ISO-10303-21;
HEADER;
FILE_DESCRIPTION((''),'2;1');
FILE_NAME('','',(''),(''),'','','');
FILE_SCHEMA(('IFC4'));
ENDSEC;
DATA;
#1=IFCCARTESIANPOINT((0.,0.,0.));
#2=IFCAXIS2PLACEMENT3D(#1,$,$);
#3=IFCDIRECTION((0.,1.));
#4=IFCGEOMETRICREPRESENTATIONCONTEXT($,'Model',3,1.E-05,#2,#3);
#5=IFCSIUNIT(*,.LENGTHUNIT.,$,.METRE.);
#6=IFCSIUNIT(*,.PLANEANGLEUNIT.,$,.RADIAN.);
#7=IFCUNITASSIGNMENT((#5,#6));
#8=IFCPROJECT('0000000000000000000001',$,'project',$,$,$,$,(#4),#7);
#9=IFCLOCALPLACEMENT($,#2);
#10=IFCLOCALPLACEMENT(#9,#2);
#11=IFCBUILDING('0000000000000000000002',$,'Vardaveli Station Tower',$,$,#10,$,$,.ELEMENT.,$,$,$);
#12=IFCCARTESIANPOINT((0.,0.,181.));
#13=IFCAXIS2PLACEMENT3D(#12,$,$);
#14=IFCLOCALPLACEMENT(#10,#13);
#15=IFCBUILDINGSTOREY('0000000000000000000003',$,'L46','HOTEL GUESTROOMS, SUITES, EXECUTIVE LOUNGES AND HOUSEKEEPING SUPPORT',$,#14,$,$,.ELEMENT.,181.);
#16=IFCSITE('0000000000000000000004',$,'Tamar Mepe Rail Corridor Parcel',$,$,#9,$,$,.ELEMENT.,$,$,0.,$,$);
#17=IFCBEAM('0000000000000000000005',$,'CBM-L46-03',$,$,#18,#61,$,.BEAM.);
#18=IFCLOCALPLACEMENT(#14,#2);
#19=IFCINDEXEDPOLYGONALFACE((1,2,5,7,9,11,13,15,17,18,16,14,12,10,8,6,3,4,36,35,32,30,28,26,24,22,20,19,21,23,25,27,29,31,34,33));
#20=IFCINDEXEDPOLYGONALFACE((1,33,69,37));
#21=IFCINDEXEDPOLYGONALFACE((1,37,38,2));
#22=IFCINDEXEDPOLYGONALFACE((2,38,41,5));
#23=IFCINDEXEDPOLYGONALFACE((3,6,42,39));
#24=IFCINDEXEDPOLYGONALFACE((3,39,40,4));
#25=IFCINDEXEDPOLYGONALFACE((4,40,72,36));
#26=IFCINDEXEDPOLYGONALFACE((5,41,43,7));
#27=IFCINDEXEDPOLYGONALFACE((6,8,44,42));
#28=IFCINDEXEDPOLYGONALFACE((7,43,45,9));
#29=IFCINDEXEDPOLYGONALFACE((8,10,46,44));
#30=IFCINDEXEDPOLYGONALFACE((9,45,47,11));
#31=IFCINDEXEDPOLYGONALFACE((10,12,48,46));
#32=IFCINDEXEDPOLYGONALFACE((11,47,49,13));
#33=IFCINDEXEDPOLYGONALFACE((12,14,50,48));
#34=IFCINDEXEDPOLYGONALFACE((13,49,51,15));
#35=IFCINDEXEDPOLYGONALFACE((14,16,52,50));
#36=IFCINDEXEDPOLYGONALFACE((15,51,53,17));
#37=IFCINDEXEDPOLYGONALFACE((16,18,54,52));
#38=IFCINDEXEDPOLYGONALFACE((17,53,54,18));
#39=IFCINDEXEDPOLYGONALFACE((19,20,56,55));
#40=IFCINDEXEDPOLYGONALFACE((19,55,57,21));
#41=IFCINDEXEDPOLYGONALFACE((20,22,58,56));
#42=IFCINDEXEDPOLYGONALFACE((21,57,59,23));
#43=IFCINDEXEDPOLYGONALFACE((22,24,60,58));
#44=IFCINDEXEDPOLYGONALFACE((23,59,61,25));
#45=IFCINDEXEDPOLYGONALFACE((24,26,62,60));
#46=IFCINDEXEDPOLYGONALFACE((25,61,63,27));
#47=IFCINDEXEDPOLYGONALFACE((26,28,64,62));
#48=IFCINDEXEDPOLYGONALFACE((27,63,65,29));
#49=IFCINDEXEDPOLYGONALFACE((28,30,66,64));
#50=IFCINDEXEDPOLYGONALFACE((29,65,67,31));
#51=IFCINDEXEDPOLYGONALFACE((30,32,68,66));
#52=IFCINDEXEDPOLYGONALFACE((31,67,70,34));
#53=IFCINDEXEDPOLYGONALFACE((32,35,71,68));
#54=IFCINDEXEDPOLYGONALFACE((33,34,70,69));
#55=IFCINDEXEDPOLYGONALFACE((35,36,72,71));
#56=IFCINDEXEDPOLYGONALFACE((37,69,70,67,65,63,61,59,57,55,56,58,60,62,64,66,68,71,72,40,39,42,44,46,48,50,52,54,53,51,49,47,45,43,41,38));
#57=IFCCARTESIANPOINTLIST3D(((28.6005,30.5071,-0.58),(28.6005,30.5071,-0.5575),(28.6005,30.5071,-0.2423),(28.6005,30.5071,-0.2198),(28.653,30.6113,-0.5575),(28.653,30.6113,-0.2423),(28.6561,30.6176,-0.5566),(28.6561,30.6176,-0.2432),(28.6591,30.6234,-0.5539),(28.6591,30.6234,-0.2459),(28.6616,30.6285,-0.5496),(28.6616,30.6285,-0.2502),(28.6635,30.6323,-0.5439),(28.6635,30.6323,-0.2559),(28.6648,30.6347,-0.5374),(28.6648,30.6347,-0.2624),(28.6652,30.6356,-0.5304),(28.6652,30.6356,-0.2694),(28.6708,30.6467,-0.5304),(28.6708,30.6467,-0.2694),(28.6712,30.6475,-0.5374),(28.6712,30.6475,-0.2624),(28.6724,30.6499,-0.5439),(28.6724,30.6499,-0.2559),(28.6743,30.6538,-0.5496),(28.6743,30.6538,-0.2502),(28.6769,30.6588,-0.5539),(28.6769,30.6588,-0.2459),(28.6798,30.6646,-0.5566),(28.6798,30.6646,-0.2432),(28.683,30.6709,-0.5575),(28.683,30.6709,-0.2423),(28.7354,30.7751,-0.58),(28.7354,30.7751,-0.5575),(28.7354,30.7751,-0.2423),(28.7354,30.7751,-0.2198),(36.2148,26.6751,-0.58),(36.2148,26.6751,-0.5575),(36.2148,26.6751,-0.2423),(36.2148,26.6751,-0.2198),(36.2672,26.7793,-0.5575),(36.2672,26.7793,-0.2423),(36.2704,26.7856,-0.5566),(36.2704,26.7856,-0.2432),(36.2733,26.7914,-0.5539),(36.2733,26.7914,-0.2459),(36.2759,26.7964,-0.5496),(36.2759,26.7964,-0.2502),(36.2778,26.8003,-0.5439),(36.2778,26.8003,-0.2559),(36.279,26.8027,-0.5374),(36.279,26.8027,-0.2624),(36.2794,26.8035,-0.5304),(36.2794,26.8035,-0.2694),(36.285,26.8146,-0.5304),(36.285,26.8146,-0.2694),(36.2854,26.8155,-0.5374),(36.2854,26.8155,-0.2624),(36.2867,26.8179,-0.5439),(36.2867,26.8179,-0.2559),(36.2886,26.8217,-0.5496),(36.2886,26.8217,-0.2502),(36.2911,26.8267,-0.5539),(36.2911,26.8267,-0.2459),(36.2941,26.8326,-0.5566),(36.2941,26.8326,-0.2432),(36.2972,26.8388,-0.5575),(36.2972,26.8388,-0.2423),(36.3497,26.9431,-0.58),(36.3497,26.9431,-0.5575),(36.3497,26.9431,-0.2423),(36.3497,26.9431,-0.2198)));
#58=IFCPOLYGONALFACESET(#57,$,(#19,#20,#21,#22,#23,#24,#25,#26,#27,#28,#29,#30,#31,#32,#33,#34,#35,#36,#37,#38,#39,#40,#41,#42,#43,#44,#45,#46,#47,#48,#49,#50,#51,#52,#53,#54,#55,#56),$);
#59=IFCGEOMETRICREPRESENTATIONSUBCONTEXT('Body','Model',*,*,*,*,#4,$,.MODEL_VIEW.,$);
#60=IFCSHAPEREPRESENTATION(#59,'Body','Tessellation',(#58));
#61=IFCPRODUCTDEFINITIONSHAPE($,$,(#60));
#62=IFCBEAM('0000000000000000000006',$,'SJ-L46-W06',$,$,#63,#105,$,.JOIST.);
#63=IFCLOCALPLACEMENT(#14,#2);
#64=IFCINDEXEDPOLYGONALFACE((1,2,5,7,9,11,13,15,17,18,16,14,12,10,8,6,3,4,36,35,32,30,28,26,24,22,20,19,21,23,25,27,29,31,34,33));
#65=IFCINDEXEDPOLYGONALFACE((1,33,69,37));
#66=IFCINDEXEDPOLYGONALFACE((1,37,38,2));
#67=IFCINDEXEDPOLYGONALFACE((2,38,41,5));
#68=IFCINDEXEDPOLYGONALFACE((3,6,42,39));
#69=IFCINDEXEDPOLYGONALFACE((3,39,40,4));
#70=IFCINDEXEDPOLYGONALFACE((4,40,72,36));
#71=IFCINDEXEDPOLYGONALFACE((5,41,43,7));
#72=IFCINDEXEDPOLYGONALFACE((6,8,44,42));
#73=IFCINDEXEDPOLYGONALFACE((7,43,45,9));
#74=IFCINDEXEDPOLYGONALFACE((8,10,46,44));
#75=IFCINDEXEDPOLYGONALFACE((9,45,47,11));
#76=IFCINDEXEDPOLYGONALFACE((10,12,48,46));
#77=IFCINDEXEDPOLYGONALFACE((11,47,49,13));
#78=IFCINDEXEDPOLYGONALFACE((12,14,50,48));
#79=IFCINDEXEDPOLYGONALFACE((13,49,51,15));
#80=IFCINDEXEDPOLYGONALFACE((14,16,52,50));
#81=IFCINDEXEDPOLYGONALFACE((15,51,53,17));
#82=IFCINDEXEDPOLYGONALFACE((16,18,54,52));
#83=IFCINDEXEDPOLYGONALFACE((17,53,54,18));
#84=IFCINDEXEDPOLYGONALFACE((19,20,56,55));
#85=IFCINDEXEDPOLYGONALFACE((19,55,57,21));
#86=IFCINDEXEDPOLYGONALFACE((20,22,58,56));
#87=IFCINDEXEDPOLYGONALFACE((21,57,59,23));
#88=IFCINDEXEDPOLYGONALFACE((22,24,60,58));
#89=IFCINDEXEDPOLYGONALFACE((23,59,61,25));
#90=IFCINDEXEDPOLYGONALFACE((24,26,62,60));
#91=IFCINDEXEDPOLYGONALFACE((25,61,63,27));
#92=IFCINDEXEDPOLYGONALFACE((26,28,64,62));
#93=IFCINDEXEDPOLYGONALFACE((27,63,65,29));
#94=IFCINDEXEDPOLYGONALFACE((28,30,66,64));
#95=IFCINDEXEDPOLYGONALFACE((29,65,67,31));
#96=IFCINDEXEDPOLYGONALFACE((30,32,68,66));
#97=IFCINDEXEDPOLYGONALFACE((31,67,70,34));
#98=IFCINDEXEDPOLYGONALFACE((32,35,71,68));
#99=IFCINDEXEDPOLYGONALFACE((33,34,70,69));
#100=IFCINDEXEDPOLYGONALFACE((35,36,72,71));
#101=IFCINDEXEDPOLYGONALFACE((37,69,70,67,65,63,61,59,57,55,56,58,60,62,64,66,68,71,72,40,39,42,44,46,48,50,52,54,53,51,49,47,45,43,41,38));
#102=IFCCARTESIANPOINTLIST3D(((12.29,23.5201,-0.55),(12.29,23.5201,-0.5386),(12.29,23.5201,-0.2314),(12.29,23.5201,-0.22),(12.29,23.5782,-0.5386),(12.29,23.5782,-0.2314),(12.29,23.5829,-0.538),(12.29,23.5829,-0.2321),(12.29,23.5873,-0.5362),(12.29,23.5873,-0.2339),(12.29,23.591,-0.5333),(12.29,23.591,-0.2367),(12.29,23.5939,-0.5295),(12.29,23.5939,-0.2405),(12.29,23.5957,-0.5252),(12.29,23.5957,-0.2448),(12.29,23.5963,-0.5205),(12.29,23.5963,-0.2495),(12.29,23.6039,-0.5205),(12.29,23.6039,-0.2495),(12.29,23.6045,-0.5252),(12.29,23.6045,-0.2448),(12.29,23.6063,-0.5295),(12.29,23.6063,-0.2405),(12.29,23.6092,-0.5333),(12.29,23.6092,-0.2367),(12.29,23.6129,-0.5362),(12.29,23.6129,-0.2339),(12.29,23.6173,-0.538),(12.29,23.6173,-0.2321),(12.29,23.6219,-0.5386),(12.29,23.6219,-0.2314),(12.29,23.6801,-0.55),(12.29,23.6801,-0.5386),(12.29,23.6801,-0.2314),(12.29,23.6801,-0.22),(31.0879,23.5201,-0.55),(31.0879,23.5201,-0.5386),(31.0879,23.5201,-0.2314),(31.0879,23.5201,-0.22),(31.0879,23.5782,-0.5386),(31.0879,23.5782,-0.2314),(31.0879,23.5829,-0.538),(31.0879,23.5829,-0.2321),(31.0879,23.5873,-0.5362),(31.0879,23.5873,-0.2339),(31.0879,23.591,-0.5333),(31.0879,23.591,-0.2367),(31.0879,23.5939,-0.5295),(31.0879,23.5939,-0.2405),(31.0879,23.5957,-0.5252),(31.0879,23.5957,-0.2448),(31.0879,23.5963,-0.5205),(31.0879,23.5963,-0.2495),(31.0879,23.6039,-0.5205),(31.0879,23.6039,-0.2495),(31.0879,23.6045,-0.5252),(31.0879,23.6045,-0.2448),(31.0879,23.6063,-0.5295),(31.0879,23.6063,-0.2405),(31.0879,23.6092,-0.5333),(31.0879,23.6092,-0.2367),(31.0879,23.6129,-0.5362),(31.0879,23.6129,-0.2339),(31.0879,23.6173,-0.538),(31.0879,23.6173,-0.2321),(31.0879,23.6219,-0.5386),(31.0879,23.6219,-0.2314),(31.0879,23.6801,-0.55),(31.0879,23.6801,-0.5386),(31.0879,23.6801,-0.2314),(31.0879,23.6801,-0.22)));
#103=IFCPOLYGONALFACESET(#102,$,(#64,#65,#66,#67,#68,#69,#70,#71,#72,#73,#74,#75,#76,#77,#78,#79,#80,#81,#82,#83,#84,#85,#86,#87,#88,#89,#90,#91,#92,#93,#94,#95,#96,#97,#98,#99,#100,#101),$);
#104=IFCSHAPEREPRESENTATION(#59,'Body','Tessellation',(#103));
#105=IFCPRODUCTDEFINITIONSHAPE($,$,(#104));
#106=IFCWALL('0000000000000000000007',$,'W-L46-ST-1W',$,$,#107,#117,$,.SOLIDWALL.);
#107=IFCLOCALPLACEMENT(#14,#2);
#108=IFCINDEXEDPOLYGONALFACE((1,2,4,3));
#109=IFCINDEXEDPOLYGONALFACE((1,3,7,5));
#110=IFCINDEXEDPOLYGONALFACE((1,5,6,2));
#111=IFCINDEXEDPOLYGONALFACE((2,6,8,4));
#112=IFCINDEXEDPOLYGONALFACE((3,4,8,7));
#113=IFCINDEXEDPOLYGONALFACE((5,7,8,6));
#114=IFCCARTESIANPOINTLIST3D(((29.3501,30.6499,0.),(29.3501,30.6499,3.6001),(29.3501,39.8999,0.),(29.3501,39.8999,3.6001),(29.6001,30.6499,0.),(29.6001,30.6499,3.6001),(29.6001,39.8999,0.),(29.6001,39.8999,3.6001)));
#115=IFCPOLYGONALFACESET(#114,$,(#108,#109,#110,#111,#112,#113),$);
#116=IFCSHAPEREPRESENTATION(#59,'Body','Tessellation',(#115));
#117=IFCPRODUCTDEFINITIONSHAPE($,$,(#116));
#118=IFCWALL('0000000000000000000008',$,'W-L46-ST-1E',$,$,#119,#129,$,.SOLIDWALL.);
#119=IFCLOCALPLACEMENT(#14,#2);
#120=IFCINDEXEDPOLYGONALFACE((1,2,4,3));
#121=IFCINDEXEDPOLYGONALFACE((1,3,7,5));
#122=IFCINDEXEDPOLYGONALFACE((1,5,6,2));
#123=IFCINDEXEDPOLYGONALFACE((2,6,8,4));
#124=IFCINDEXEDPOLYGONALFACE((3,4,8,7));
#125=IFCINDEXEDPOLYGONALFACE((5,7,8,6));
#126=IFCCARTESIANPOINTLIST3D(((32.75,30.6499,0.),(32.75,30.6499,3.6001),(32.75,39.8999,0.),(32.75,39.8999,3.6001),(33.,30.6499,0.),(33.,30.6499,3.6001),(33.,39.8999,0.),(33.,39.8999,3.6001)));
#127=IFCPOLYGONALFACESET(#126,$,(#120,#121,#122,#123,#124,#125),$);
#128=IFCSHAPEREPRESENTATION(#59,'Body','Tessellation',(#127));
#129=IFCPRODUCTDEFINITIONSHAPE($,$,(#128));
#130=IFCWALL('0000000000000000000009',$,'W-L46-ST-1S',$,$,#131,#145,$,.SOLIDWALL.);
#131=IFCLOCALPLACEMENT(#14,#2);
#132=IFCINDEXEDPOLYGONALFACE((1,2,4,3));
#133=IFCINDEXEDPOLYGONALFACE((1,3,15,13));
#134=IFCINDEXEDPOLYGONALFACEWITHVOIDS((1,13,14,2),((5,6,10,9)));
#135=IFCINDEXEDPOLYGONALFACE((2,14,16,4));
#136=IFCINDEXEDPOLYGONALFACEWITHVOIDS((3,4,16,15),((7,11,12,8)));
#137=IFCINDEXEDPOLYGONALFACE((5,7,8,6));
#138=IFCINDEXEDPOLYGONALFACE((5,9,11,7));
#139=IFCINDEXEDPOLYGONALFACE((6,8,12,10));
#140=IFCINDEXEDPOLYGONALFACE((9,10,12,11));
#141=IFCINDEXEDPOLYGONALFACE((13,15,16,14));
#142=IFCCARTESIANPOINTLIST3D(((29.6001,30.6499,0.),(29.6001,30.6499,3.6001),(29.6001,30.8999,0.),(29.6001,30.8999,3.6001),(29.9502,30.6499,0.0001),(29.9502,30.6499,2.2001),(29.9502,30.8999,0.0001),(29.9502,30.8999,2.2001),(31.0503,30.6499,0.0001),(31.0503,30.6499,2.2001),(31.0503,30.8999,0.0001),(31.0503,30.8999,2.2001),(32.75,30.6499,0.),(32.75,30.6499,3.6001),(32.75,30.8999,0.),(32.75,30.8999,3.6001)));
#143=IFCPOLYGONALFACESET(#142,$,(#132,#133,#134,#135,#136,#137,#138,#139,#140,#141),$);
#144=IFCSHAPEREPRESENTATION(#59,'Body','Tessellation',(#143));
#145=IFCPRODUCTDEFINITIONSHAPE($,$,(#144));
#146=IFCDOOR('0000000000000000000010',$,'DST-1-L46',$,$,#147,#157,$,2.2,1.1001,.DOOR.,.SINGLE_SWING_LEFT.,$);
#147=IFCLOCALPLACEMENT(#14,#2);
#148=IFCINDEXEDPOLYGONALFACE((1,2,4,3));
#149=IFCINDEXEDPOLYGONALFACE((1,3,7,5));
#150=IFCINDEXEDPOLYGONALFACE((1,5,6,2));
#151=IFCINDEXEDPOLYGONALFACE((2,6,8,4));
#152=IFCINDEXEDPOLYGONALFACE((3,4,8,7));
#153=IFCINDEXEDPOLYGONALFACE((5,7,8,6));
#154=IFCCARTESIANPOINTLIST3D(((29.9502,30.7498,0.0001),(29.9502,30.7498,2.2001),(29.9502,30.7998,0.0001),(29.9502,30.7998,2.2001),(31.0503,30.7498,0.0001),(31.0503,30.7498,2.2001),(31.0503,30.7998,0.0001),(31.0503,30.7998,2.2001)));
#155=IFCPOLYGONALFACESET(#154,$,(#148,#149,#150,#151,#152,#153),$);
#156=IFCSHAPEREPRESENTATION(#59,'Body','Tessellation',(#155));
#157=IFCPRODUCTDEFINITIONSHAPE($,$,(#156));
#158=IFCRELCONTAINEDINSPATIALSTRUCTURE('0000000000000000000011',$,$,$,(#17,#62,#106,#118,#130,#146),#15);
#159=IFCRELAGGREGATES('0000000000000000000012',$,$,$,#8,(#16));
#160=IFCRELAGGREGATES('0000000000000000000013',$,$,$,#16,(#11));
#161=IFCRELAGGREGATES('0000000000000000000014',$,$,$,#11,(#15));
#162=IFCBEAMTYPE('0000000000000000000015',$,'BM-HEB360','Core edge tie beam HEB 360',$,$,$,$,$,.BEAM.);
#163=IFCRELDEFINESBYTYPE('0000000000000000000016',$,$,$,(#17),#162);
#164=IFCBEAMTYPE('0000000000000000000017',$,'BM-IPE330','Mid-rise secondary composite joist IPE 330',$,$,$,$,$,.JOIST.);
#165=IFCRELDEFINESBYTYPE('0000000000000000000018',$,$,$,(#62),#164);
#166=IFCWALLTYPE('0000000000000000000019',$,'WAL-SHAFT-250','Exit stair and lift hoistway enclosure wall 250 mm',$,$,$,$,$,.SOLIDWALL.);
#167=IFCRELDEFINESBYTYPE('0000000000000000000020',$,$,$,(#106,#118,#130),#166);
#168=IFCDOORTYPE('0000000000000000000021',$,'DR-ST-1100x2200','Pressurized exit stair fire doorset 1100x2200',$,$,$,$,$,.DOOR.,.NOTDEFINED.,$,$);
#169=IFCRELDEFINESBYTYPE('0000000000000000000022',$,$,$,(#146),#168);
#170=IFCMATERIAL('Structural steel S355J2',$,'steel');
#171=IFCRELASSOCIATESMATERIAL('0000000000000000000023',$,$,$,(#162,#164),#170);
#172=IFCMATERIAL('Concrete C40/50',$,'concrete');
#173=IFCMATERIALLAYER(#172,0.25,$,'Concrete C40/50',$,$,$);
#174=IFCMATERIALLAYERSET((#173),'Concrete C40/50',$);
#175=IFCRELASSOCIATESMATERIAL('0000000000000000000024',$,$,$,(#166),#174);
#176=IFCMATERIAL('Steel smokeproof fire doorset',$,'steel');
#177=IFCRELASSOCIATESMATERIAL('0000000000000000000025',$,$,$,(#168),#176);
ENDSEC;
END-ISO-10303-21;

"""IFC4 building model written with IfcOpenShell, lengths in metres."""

from ifc_helpers import new_model, si_unit, direction, frame, frame_2d, origin, origin_2d, place, context, subcontext, project, spatial, rectangle, i_section, extrude, source, transform, mapped, material, layer, layer_set, material_profile, profile_set, type_object, element, fill, save


model = new_model("IFC4")

# Units and contexts
model_context = context("Model", 3, precision=1e-05, world=origin(), true_north=direction((0.0, 1.0)))
body_context = subcontext(model_context, "Body", "Model", "MODEL_VIEW")
ifc_project = project(units=[si_unit("LENGTHUNIT", "METRE"), si_unit("PLANEANGLEUNIT", "RADIAN")], contexts=[model_context])

# Site, building, storey
site_placement = place(None, origin())
site = spatial("IfcSite", under=ifc_project, at=site_placement, Name="Tamar Mepe Rail Corridor Parcel", CompositionType="ELEMENT", RefElevation=0.0)
building_placement = place(site_placement, origin())
building = spatial("IfcBuilding", under=site, at=building_placement, Name="Vardaveli Station Tower", CompositionType="ELEMENT")
storey_placement = place(building_placement, frame((0.0, 0.0, 181.0)))
storey = spatial("IfcBuildingStorey", under=building, at=storey_placement, Name="L46", Description="HOTEL GUESTROOMS, SUITES, EXECUTIVE LOUNGES AND HOUSEKEEPING SUPPORT", CompositionType="ELEMENT", Elevation=181.0)

# Beams
ifc_material_1 = material(Name="Structural steel S355J2", Category="steel")
ifc_material_profile_1 = material_profile(ifc_material_1, i_section(OverallWidth=0.3, OverallDepth=0.3601, WebThickness=0.0125, FlangeThickness=0.0225, FilletRadius=0.0271, at=origin_2d()), Name="HEB 360")
ifc_profile_set_1 = profile_set([ifc_material_profile_1], Name="Structural steel S355J2")
beam_type_1 = type_object("IfcBeamType", Name="BM-HEB360", Description="Core edge tie beam HEB 360", PredefinedType="BEAM", material=ifc_profile_set_1)
shared_shape_1 = source(origin(), body_context, "Body", "SweptSolid", [
    extrude(i_section(OverallWidth=0.3, OverallDepth=0.3601, WebThickness=0.0125, FlangeThickness=0.0225, FilletRadius=0.0271, at=origin_2d()), origin(), (0.0, 0.0, 1.0), 8.5242),
])
beam_1_placement = place(storey_placement, frame((28.668, 30.6411, -0.3999), z_axis=(0.893256, -0.449549, 0.0), x_axis=(0.449549, 0.893256, 0.0)))
element("IfcBeam", 1, at=beam_1_placement, inside=storey, type_object=beam_type_1, Name="CBM-L46-03", PredefinedType="BEAM", context=body_context, shape_type="MappedRepresentation", body=[
    mapped(shared_shape_1, transform((0.0, 0.0, 0.0), scale=1.0)),
])
ifc_material_profile_2 = material_profile(ifc_material_1, i_section(OverallWidth=0.1599, OverallDepth=0.3301, WebThickness=0.0076, FlangeThickness=0.0115, FilletRadius=0.0181, at=origin_2d()), Name="IPE 330")
ifc_profile_set_2 = profile_set([ifc_material_profile_2], Name="Structural steel S355J2")
beam_type_2 = type_object("IfcBeamType", Name="BM-IPE330", Description="Mid-rise secondary composite joist IPE 330", PredefinedType="JOIST", material=ifc_profile_set_2)
shared_shape_2 = source(origin(), body_context, "Body", "SweptSolid", [
    extrude(i_section(OverallWidth=0.1599, OverallDepth=0.3301, WebThickness=0.0076, FlangeThickness=0.0115, FilletRadius=0.0181, at=origin_2d()), origin(), (0.0, 0.0, 1.0), 18.7979),
])
beam_2_placement = place(storey_placement, frame((12.29, 23.6001, -0.385), z_axis=(1.0, 0.0, 0.0), x_axis=(0.0, 1.0, 0.0)))
element("IfcBeam", 2, at=beam_2_placement, inside=storey, type_object=beam_type_2, Name="SJ-L46-W06", PredefinedType="JOIST", context=body_context, shape_type="MappedRepresentation", body=[
    mapped(shared_shape_2, transform((0.0, 0.0, 0.0), scale=1.0)),
])

# Walls
ifc_material_2 = material(Name="Concrete C40/50", Category="concrete")
ifc_layer_1 = layer(ifc_material_2, 0.25, Name="Concrete C40/50")
ifc_layer_set_1 = layer_set([ifc_layer_1], Name="Concrete C40/50")
wall_type_1 = type_object("IfcWallType", Name="WAL-SHAFT-250", Description="Exit stair and lift hoistway enclosure wall 250 mm", PredefinedType="SOLIDWALL", material=ifc_layer_set_1)
shared_shape_3 = source(origin(), body_context, "Body", "SweptSolid", [
    extrude(rectangle(XDim=9.25, YDim=0.25, at=frame_2d((4.625, 0.0))), origin(), (0.0, 0.0, 1.0), 3.6001),
])
for number, where, z_axis, x_axis, name in (
    (3, (29.4751, 30.6499, 0.0), (0.0, 0.0, 1.0), (0.0, 1.0, 0.0), "W-L46-ST-1W"),
    (4, (32.875, 30.6499, 0.0), (0.0, 0.0, 1.0), (0.0, 1.0, 0.0), "W-L46-ST-1E"),
):
    element("IfcWall", number, at=place(storey_placement, frame(where, z_axis=z_axis, x_axis=x_axis)), inside=storey, type_object=wall_type_1, Name=name, PredefinedType="SOLIDWALL", context=body_context, shape_type="MappedRepresentation", body=[
        mapped(shared_shape_3, transform((0.0, 0.0, 0.0), scale=1.0)),
    ])

# Wall, opening, door
shared_shape_4 = source(origin(), body_context, "Body", "SweptSolid", [
    extrude(rectangle(XDim=3.1499, YDim=0.25, at=frame_2d((1.575, 0.0))), origin(), (0.0, 0.0, 1.0), 3.6001),
])
wall_1_placement = place(storey_placement, frame((29.6001, 30.7749, 0.0), z_axis=(0.0, 0.0, 1.0), x_axis=(1.0, 0.0, 0.0)))
wall_1 = element("IfcWall", 5, at=wall_1_placement, inside=storey, type_object=wall_type_1, Name="W-L46-ST-1S", PredefinedType="SOLIDWALL", context=body_context, shape_type="MappedRepresentation", body=[
    mapped(shared_shape_4, transform((0.0, 0.0, 0.0), scale=1.0)),
])
shared_shape_5 = source(origin(), body_context, "Body", "SweptSolid", [
    extrude(rectangle(XDim=1.1001, YDim=2.2, at=frame_2d((0.55, 1.1001))), frame((0.0, 0.135, 0.0), z_axis=(0.0, -1.0, 0.0), x_axis=(1.0, 0.0, 0.0)), (0.0, 0.0, 1.0), 0.27),
])
opening_1_placement = place(wall_1_placement, frame((0.3501, 0.0, 0.0)))
opening_1 = element("IfcOpeningElement", 6, at=opening_1_placement, cuts=wall_1, PredefinedType="OPENING", context=body_context, shape_type="MappedRepresentation", body=[
    mapped(shared_shape_5, transform((0.0, 0.0, 0.0), scale=1.0)),
])
ifc_material_3 = material(Name="Steel smokeproof fire doorset", Category="steel")
door_type_1 = type_object("IfcDoorType", Name="DR-ST-1100x2200", Description="Pressurized exit stair fire doorset 1100x2200", OperationType="NOTDEFINED", PredefinedType="DOOR", material=ifc_material_3)
shared_shape_6 = source(origin(), body_context, "Body", "SweptSolid", [
    extrude(rectangle(XDim=1.1001, YDim=2.2, at=frame_2d((0.55, 1.1001))), frame((0.0, 0.0249, 0.0), z_axis=(0.0, -1.0, 0.0), x_axis=(1.0, 0.0, 0.0)), (0.0, 0.0, 1.0), 0.05),
])
door_1_placement = place(opening_1_placement, origin())
door_1 = element("IfcDoor", 7, at=door_1_placement, inside=storey, type_object=door_type_1, Name="DST-1-L46", OperationType="SINGLE_SWING_LEFT", OverallHeight=2.2, OverallWidth=1.1001, PredefinedType="DOOR", context=body_context, shape_type="MappedRepresentation", body=[
    mapped(shared_shape_6, transform((0.0, 0.0, 0.0), scale=1.0)),
])
fill(opening_1, door_1)

save(model, "model.ifc")
